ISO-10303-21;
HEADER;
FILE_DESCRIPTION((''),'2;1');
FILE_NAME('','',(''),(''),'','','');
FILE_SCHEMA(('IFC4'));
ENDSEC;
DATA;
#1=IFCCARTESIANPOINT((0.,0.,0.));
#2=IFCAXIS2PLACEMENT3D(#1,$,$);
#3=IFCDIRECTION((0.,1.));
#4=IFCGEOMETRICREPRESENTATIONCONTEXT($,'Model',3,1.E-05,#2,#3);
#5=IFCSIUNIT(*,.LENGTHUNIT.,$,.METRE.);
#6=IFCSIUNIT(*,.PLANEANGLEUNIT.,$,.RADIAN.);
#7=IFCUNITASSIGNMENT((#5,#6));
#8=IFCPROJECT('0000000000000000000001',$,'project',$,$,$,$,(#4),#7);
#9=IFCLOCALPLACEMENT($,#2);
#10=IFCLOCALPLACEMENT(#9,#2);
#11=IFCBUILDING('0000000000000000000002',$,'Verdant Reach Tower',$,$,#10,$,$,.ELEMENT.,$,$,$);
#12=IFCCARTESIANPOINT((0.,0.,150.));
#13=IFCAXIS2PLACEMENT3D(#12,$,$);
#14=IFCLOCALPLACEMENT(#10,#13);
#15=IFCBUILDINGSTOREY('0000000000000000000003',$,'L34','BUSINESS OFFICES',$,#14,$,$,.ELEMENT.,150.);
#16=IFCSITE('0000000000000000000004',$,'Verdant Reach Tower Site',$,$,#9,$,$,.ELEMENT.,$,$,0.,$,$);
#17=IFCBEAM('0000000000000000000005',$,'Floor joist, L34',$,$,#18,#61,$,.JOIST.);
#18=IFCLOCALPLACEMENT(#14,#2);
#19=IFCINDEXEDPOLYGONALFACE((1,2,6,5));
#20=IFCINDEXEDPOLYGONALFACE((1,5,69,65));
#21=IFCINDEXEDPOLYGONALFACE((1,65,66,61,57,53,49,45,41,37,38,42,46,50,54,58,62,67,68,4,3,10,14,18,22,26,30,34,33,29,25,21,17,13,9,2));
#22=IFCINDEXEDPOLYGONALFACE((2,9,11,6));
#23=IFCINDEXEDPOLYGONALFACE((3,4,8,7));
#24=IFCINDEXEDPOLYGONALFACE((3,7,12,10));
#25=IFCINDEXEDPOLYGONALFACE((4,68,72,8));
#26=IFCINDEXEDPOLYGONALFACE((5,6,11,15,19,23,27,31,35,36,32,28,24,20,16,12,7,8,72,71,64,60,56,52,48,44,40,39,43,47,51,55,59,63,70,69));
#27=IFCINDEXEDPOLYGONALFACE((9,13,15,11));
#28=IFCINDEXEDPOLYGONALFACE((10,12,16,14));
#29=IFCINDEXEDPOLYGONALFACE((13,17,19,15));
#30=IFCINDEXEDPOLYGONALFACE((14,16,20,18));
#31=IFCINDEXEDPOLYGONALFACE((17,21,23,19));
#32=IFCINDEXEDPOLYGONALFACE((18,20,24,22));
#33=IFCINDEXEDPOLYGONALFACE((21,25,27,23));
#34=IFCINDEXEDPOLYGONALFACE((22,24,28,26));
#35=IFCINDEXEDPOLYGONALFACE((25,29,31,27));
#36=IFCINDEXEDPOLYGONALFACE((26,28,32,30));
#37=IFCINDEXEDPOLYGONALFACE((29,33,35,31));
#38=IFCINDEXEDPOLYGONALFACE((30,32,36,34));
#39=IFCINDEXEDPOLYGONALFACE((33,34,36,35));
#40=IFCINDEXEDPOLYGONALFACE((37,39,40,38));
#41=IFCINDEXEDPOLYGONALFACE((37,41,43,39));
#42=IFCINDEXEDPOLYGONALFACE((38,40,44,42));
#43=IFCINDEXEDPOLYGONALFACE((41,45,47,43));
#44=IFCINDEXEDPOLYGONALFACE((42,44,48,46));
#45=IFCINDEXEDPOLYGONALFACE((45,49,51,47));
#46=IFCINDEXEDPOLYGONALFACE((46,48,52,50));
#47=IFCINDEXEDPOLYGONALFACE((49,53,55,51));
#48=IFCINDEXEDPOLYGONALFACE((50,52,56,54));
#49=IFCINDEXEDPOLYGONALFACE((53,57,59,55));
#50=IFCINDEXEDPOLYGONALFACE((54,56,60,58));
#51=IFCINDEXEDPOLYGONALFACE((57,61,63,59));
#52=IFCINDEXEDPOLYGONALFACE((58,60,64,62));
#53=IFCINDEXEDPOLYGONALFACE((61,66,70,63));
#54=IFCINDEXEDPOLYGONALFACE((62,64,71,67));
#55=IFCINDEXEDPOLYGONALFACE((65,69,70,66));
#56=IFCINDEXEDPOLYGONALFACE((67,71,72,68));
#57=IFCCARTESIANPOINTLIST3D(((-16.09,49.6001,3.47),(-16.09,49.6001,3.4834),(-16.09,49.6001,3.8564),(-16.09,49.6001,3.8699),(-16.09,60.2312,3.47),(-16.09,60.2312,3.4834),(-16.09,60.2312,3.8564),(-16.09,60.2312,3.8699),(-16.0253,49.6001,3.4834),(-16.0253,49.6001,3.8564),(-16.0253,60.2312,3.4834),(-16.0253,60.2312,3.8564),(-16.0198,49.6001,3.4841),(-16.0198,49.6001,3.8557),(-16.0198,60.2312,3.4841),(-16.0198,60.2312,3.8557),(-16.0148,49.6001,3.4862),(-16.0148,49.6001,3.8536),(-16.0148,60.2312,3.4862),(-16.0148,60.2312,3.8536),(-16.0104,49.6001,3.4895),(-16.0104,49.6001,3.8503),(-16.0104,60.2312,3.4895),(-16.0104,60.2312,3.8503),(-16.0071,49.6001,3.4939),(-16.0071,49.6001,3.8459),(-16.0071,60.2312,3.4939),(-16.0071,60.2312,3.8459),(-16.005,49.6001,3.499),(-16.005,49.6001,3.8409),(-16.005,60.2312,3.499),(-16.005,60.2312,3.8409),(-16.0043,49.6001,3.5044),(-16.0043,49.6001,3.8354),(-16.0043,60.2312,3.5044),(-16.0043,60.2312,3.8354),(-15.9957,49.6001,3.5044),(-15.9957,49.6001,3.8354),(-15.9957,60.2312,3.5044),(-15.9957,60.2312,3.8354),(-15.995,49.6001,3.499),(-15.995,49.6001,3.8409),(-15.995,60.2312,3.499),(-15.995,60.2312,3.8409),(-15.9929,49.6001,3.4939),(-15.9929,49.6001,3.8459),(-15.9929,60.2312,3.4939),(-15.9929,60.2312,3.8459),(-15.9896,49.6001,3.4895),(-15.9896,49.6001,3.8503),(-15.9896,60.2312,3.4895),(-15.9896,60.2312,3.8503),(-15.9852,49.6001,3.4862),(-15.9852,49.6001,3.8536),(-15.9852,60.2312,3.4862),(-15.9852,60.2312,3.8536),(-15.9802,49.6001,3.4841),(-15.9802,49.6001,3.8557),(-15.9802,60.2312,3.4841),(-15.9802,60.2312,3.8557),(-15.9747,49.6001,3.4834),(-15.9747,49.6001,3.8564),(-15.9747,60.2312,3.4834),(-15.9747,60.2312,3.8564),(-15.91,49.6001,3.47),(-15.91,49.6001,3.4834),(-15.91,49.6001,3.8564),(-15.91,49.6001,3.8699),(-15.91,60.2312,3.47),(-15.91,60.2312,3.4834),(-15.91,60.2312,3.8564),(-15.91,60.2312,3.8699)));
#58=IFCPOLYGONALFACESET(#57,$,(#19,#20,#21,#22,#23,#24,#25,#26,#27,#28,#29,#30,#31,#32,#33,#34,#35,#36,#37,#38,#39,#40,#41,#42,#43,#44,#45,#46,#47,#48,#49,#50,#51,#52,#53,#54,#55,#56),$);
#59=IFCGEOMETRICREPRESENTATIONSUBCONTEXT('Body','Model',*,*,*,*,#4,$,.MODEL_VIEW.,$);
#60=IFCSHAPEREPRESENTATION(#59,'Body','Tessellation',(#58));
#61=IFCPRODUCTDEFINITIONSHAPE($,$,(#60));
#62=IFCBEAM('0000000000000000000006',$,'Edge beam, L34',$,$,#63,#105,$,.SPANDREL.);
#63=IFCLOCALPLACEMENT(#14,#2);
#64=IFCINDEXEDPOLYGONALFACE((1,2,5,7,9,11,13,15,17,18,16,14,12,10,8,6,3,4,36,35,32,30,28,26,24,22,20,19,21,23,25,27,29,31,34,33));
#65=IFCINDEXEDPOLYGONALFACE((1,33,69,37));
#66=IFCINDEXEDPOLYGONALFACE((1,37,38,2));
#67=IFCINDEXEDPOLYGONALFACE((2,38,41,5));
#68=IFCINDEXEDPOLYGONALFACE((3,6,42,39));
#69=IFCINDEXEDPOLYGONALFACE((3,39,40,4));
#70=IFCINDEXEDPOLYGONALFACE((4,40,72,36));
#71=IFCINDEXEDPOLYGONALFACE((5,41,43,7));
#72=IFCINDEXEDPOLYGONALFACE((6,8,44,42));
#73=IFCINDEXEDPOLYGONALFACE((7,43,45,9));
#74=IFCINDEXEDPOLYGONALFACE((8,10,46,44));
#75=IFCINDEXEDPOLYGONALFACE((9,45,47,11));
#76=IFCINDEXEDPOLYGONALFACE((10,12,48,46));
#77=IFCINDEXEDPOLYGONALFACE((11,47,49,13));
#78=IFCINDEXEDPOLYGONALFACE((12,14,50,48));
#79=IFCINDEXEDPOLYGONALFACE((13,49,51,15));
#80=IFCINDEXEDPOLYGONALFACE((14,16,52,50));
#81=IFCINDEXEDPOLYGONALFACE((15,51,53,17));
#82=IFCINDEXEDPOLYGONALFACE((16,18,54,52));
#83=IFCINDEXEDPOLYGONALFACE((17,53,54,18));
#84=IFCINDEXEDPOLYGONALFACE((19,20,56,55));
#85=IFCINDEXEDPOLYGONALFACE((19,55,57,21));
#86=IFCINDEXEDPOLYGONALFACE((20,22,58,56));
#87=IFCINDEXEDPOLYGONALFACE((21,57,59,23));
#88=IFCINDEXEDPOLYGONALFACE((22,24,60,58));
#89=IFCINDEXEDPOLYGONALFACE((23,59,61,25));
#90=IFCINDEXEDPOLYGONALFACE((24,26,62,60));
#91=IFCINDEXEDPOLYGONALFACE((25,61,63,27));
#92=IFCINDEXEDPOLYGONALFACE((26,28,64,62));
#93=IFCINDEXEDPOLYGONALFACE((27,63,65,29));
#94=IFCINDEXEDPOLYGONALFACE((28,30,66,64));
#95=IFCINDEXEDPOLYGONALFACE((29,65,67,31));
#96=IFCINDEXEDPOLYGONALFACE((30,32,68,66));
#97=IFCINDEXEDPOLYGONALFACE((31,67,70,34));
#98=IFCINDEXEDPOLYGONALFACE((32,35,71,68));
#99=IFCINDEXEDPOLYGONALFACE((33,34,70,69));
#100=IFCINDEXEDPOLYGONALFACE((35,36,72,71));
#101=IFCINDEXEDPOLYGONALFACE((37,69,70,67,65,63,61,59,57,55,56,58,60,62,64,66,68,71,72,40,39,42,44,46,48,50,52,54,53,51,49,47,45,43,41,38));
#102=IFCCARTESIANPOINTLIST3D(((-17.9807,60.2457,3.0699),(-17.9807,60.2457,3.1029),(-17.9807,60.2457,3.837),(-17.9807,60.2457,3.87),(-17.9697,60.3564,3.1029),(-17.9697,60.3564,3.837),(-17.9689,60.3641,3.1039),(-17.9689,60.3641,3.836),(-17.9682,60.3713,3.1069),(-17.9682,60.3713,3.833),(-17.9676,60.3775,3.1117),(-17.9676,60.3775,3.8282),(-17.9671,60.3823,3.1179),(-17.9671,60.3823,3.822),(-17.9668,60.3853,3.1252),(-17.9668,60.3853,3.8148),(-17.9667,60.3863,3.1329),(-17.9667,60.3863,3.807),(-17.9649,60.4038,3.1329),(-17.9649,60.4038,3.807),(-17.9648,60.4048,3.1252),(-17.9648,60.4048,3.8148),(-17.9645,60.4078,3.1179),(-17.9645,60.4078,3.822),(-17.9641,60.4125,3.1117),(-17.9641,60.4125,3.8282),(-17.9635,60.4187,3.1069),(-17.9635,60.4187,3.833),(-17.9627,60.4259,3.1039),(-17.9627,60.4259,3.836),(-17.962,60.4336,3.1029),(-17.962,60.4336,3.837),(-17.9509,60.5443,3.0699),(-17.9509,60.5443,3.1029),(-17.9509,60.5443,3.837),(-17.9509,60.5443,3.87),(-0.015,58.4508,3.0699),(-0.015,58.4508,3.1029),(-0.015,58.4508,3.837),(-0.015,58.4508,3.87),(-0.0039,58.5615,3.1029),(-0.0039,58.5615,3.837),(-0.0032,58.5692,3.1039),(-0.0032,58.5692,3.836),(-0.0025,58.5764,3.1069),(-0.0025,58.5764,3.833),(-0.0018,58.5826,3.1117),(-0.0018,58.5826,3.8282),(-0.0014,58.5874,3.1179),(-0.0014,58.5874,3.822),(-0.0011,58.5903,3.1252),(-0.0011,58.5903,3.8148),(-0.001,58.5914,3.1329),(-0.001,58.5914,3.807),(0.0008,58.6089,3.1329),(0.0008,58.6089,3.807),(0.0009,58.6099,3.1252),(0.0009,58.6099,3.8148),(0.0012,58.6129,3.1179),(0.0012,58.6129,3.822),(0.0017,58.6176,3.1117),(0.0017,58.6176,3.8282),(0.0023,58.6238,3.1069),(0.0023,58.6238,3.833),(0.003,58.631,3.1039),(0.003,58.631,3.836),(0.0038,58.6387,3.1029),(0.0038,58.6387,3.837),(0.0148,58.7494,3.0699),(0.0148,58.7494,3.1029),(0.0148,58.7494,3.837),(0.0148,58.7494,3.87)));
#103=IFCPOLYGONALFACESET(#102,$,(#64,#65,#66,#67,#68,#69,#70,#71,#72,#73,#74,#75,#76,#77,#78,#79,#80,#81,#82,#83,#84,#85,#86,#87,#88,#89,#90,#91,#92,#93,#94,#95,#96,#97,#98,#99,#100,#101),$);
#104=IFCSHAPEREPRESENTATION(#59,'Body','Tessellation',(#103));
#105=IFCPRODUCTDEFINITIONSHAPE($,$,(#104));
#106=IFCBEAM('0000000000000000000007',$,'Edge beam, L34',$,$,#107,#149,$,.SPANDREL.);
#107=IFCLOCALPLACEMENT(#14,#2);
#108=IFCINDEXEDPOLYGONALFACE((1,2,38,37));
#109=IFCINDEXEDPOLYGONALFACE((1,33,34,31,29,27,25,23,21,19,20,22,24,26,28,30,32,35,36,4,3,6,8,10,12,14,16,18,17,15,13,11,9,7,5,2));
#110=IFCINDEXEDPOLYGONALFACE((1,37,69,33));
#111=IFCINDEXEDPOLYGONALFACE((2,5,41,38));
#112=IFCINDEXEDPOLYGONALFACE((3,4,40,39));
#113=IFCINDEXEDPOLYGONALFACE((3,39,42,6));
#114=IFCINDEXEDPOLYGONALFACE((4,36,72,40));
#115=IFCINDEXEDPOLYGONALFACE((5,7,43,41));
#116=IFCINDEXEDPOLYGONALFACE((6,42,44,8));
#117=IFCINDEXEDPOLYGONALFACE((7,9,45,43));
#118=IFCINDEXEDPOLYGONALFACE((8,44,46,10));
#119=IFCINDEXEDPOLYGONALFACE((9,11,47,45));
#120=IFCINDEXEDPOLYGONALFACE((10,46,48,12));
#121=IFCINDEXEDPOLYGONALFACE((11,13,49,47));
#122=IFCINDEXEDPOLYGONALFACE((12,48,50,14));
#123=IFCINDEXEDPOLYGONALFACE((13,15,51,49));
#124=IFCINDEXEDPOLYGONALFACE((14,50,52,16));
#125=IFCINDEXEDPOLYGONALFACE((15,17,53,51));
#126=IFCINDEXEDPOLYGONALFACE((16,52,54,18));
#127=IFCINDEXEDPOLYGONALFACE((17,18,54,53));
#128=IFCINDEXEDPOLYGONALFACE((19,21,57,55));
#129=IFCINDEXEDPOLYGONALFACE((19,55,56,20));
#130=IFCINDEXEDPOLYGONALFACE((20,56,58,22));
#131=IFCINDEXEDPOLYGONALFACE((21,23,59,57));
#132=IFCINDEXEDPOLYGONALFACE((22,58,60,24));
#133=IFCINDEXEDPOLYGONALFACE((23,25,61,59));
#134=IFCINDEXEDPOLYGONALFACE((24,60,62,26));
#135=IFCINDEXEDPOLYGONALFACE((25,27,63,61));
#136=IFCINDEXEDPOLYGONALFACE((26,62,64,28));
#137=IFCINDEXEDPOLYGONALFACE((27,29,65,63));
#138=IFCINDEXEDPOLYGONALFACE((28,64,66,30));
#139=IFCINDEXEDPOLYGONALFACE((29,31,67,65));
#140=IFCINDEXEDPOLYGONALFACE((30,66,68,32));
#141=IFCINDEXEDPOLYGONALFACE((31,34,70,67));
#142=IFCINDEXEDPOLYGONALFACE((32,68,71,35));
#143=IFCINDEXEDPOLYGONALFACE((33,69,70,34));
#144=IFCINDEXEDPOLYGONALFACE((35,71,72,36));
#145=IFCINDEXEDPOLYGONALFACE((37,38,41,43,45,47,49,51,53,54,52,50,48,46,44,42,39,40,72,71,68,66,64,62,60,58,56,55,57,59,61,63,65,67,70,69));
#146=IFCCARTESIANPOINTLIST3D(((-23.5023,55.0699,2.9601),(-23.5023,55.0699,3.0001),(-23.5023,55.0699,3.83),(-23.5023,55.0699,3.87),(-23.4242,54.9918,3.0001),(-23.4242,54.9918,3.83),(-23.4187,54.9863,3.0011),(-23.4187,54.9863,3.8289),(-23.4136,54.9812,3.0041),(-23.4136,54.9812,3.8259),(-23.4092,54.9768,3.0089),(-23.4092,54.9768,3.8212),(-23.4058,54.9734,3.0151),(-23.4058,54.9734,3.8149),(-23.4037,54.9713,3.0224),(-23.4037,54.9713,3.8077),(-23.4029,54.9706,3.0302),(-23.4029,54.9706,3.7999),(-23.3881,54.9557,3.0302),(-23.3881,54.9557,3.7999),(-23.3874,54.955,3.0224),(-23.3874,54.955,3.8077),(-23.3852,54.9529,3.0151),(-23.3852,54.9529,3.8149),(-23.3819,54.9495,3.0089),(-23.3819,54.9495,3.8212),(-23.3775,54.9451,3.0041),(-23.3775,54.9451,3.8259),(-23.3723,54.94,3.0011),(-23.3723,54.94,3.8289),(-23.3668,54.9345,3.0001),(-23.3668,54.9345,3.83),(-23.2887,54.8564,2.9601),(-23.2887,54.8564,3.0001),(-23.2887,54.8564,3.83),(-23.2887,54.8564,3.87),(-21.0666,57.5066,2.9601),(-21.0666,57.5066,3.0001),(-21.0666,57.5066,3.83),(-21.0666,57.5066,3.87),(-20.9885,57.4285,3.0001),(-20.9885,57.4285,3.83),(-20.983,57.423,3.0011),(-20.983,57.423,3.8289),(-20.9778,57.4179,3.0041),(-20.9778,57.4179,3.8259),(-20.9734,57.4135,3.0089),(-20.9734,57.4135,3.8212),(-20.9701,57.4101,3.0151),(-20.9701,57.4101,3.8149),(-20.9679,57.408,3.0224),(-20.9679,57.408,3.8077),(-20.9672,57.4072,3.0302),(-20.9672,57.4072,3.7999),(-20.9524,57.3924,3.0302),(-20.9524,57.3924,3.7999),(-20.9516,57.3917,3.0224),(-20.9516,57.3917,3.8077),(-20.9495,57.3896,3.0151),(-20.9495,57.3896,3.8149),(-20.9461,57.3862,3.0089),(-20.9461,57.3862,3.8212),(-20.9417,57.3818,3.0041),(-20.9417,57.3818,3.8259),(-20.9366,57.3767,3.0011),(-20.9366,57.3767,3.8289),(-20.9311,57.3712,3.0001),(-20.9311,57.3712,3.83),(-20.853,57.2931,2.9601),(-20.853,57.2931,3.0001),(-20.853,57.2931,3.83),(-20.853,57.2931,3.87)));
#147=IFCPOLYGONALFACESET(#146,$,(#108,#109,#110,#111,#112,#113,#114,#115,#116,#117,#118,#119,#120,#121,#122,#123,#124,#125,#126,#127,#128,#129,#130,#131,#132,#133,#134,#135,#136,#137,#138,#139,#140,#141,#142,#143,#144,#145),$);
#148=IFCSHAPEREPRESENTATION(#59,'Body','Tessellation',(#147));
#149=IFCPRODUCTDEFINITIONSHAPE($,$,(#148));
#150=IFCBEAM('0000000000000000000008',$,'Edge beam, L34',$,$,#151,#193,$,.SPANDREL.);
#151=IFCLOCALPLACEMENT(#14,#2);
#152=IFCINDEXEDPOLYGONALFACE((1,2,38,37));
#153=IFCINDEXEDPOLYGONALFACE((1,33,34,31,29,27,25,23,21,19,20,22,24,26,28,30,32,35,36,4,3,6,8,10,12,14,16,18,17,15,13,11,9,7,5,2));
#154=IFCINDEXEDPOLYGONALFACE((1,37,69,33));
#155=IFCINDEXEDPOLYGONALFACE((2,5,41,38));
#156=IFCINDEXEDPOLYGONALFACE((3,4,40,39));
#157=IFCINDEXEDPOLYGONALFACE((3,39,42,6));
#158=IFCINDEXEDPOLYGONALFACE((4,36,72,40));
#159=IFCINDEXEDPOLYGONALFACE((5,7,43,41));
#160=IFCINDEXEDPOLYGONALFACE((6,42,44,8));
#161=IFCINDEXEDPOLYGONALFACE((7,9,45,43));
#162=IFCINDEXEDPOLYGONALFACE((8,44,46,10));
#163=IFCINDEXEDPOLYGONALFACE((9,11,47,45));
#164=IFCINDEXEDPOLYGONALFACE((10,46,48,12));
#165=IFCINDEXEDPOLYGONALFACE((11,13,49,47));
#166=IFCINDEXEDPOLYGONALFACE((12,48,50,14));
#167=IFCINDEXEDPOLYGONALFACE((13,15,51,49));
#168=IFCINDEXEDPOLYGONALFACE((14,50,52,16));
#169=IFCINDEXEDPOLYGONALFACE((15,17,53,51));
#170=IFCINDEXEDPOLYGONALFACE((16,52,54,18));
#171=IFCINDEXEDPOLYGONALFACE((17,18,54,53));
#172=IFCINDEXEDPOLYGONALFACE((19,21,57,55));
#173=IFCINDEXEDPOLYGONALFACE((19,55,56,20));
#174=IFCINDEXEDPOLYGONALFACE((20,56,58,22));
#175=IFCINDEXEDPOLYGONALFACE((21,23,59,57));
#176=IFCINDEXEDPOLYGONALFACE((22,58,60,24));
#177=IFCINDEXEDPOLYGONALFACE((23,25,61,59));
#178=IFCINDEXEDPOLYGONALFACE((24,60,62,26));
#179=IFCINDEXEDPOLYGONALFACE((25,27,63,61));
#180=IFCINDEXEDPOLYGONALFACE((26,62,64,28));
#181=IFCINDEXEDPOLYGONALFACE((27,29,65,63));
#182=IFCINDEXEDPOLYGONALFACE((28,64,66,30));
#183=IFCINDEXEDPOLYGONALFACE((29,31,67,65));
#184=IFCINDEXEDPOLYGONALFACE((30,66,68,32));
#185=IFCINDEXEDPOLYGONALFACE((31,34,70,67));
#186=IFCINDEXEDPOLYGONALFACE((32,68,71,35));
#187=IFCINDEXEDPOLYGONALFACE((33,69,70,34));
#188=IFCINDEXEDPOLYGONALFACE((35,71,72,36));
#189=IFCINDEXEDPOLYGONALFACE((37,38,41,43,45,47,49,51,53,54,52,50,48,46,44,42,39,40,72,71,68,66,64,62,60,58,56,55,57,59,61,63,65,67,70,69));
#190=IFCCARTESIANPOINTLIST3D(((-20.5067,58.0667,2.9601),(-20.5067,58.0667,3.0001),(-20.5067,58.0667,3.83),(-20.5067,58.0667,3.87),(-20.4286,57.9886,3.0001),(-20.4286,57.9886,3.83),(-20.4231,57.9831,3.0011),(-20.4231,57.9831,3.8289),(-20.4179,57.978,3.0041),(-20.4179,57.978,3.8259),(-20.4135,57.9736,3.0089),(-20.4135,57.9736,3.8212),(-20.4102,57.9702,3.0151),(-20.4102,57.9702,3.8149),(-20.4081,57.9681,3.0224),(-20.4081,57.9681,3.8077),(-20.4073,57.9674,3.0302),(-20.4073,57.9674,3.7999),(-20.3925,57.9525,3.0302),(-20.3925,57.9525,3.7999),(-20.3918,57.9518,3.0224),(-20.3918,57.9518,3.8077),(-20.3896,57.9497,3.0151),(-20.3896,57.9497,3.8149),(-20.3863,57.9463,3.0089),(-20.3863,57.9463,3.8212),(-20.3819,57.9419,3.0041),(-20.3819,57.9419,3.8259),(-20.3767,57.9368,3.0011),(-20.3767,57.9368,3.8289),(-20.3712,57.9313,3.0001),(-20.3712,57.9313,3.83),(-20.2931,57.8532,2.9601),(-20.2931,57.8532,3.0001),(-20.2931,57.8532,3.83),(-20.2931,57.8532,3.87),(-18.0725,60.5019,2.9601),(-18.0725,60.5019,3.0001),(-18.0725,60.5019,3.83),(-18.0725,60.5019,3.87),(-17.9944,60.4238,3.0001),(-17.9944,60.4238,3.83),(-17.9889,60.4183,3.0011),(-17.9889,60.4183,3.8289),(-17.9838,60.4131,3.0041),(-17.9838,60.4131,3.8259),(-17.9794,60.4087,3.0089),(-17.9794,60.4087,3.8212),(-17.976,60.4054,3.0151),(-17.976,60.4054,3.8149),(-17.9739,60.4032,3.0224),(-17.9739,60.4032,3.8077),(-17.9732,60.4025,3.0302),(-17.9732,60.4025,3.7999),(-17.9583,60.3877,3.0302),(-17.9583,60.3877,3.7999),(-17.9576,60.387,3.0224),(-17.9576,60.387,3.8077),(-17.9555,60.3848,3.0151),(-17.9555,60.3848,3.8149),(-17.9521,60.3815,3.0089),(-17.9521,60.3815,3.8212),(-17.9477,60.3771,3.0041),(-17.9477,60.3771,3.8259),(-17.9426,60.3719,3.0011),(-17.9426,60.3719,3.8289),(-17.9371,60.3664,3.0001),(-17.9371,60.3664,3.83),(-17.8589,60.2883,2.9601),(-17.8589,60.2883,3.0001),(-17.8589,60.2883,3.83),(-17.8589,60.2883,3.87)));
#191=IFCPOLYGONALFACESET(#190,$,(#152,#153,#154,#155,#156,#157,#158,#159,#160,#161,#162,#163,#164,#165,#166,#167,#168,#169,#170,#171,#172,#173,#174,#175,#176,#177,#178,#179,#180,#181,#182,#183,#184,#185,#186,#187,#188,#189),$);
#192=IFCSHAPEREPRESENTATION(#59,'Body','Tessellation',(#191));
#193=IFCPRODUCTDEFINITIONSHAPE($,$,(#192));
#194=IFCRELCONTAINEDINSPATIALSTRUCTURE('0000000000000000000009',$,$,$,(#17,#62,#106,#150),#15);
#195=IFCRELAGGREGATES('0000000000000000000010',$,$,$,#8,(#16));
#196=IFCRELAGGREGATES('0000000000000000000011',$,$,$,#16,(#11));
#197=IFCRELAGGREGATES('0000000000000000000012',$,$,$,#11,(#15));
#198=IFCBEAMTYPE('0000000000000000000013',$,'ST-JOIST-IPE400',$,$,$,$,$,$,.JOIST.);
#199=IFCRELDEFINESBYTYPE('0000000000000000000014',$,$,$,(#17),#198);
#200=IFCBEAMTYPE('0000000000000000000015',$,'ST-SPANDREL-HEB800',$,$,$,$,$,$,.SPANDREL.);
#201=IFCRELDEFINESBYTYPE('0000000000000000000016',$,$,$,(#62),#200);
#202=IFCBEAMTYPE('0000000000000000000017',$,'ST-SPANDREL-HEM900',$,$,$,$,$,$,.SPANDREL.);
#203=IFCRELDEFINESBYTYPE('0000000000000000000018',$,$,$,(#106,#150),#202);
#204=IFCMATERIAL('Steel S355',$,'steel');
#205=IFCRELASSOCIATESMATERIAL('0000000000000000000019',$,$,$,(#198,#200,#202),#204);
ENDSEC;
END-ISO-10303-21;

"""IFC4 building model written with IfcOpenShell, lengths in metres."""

from ifc_helpers import new_model, si_unit, direction, frame, origin, origin_2d, place, context, subcontext, project, spatial, i_section, extrude, material, material_profile, profile_set, type_object, element, save


model = new_model("IFC4")

# Units and contexts
model_context = context("Model", 3, precision=1e-05, world=origin(), true_north=direction((0.0, 1.0)))
body_context = subcontext(model_context, "Body", "Model", "MODEL_VIEW")
ifc_project = project(units=[si_unit("LENGTHUNIT", "METRE"), si_unit("PLANEANGLEUNIT", "RADIAN")], contexts=[model_context])

# Site, building, storey
site_placement = place(None, origin())
site = spatial("IfcSite", under=ifc_project, at=site_placement, Name="Verdant Reach Tower Site", CompositionType="ELEMENT", RefElevation=0.0)
building_placement = place(site_placement, origin())
building = spatial("IfcBuilding", under=site, at=building_placement, Name="Verdant Reach Tower", CompositionType="ELEMENT")
storey_placement = place(building_placement, frame((0.0, 0.0, 150.0)))
storey = spatial("IfcBuildingStorey", under=building, at=storey_placement, Name="L34", Description="BUSINESS OFFICES", CompositionType="ELEMENT", Elevation=150.0)

# Beams
ifc_material_1 = material(Name="Steel S355", Category="steel")
ifc_material_profile_1 = material_profile(ifc_material_1, i_section(OverallWidth=0.1799, OverallDepth=0.3999, WebThickness=0.0085, FlangeThickness=0.0134, FilletRadius=0.021, at=origin_2d()), Name="IPE 400")
ifc_profile_set_1 = profile_set([ifc_material_profile_1], Name="Steel S355")
beam_type_1 = type_object("IfcBeamType", Name="ST-JOIST-IPE400", PredefinedType="JOIST", material=ifc_profile_set_1)
beam_1_placement = place(storey_placement, frame((-16.0, 49.6001, 3.6699), z_axis=(0.0, 1.0, 0.0), x_axis=(-1.0, 0.0, 0.0)))
element("IfcBeam", 1, at=beam_1_placement, inside=storey, type_object=beam_type_1, Name="Floor joist, L34", PredefinedType="JOIST", context=body_context, shape_type="SweptSolid", body=[
    extrude(i_section(OverallWidth=0.1799, OverallDepth=0.3999, WebThickness=0.0085, FlangeThickness=0.0134, FilletRadius=0.021, at=origin_2d()), origin(), (0.0, 0.0, 1.0), 10.6311),
])
ifc_material_profile_2 = material_profile(ifc_material_1, i_section(OverallWidth=0.3, OverallDepth=0.8, WebThickness=0.0176, FlangeThickness=0.033, FilletRadius=0.03, at=origin_2d()), Name="HEB 800")
ifc_profile_set_2 = profile_set([ifc_material_profile_2], Name="Steel S355")
beam_type_2 = type_object("IfcBeamType", Name="ST-SPANDREL-HEB800", PredefinedType="SPANDREL", material=ifc_profile_set_2)
beam_2_placement = place(storey_placement, frame((-17.9658, 60.395, 3.47), z_axis=(0.995046, -0.099413, 0.0), x_axis=(0.099413, 0.995046, 0.0)))
element("IfcBeam", 2, at=beam_2_placement, inside=storey, type_object=beam_type_2, Name="Edge beam, L34", PredefinedType="SPANDREL", context=body_context, shape_type="SweptSolid", body=[
    extrude(i_section(OverallWidth=0.3, OverallDepth=0.8, WebThickness=0.0176, FlangeThickness=0.033, FilletRadius=0.03, at=origin_2d()), origin(), (0.0, 0.0, 1.0), 18.0552),
])
ifc_material_profile_3 = material_profile(ifc_material_1, i_section(OverallWidth=0.302, OverallDepth=0.9099, WebThickness=0.021, FlangeThickness=0.04, FilletRadius=0.03, at=origin_2d()), Name="HEM 900")
ifc_profile_set_3 = profile_set([ifc_material_profile_3], Name="Steel S355")
beam_type_3 = type_object("IfcBeamType", Name="ST-SPANDREL-HEM900", PredefinedType="SPANDREL", material=ifc_profile_set_3)
beam_3_placement = place(storey_placement, frame((-23.3955, 54.9631, 3.415), z_axis=(0.706965, 0.707248, 0.0), x_axis=(-0.707248, 0.706965, 0.0)))
element("IfcBeam", 3, at=beam_3_placement, inside=storey, type_object=beam_type_3, Name="Edge beam, L34", PredefinedType="SPANDREL", context=body_context, shape_type="SweptSolid", body=[
    extrude(i_section(OverallWidth=0.302, OverallDepth=0.9099, WebThickness=0.021, FlangeThickness=0.04, FilletRadius=0.03, at=origin_2d()), origin(), (0.0, 0.0, 1.0), 3.4453),
])
beam_4_placement = place(storey_placement, frame((-20.3999, 57.96, 3.415), z_axis=(0.706965, 0.707249, 0.0), x_axis=(-0.707249, 0.706965, 0.0)))
element("IfcBeam", 4, at=beam_4_placement, inside=storey, type_object=beam_type_3, Name="Edge beam, L34", PredefinedType="SPANDREL", context=body_context, shape_type="SweptSolid", body=[
    extrude(i_section(OverallWidth=0.302, OverallDepth=0.9099, WebThickness=0.021, FlangeThickness=0.04, FilletRadius=0.03, at=origin_2d()), origin(), (0.0, 0.0, 1.0), 3.4431),
])

save(model, "model.ifc")
